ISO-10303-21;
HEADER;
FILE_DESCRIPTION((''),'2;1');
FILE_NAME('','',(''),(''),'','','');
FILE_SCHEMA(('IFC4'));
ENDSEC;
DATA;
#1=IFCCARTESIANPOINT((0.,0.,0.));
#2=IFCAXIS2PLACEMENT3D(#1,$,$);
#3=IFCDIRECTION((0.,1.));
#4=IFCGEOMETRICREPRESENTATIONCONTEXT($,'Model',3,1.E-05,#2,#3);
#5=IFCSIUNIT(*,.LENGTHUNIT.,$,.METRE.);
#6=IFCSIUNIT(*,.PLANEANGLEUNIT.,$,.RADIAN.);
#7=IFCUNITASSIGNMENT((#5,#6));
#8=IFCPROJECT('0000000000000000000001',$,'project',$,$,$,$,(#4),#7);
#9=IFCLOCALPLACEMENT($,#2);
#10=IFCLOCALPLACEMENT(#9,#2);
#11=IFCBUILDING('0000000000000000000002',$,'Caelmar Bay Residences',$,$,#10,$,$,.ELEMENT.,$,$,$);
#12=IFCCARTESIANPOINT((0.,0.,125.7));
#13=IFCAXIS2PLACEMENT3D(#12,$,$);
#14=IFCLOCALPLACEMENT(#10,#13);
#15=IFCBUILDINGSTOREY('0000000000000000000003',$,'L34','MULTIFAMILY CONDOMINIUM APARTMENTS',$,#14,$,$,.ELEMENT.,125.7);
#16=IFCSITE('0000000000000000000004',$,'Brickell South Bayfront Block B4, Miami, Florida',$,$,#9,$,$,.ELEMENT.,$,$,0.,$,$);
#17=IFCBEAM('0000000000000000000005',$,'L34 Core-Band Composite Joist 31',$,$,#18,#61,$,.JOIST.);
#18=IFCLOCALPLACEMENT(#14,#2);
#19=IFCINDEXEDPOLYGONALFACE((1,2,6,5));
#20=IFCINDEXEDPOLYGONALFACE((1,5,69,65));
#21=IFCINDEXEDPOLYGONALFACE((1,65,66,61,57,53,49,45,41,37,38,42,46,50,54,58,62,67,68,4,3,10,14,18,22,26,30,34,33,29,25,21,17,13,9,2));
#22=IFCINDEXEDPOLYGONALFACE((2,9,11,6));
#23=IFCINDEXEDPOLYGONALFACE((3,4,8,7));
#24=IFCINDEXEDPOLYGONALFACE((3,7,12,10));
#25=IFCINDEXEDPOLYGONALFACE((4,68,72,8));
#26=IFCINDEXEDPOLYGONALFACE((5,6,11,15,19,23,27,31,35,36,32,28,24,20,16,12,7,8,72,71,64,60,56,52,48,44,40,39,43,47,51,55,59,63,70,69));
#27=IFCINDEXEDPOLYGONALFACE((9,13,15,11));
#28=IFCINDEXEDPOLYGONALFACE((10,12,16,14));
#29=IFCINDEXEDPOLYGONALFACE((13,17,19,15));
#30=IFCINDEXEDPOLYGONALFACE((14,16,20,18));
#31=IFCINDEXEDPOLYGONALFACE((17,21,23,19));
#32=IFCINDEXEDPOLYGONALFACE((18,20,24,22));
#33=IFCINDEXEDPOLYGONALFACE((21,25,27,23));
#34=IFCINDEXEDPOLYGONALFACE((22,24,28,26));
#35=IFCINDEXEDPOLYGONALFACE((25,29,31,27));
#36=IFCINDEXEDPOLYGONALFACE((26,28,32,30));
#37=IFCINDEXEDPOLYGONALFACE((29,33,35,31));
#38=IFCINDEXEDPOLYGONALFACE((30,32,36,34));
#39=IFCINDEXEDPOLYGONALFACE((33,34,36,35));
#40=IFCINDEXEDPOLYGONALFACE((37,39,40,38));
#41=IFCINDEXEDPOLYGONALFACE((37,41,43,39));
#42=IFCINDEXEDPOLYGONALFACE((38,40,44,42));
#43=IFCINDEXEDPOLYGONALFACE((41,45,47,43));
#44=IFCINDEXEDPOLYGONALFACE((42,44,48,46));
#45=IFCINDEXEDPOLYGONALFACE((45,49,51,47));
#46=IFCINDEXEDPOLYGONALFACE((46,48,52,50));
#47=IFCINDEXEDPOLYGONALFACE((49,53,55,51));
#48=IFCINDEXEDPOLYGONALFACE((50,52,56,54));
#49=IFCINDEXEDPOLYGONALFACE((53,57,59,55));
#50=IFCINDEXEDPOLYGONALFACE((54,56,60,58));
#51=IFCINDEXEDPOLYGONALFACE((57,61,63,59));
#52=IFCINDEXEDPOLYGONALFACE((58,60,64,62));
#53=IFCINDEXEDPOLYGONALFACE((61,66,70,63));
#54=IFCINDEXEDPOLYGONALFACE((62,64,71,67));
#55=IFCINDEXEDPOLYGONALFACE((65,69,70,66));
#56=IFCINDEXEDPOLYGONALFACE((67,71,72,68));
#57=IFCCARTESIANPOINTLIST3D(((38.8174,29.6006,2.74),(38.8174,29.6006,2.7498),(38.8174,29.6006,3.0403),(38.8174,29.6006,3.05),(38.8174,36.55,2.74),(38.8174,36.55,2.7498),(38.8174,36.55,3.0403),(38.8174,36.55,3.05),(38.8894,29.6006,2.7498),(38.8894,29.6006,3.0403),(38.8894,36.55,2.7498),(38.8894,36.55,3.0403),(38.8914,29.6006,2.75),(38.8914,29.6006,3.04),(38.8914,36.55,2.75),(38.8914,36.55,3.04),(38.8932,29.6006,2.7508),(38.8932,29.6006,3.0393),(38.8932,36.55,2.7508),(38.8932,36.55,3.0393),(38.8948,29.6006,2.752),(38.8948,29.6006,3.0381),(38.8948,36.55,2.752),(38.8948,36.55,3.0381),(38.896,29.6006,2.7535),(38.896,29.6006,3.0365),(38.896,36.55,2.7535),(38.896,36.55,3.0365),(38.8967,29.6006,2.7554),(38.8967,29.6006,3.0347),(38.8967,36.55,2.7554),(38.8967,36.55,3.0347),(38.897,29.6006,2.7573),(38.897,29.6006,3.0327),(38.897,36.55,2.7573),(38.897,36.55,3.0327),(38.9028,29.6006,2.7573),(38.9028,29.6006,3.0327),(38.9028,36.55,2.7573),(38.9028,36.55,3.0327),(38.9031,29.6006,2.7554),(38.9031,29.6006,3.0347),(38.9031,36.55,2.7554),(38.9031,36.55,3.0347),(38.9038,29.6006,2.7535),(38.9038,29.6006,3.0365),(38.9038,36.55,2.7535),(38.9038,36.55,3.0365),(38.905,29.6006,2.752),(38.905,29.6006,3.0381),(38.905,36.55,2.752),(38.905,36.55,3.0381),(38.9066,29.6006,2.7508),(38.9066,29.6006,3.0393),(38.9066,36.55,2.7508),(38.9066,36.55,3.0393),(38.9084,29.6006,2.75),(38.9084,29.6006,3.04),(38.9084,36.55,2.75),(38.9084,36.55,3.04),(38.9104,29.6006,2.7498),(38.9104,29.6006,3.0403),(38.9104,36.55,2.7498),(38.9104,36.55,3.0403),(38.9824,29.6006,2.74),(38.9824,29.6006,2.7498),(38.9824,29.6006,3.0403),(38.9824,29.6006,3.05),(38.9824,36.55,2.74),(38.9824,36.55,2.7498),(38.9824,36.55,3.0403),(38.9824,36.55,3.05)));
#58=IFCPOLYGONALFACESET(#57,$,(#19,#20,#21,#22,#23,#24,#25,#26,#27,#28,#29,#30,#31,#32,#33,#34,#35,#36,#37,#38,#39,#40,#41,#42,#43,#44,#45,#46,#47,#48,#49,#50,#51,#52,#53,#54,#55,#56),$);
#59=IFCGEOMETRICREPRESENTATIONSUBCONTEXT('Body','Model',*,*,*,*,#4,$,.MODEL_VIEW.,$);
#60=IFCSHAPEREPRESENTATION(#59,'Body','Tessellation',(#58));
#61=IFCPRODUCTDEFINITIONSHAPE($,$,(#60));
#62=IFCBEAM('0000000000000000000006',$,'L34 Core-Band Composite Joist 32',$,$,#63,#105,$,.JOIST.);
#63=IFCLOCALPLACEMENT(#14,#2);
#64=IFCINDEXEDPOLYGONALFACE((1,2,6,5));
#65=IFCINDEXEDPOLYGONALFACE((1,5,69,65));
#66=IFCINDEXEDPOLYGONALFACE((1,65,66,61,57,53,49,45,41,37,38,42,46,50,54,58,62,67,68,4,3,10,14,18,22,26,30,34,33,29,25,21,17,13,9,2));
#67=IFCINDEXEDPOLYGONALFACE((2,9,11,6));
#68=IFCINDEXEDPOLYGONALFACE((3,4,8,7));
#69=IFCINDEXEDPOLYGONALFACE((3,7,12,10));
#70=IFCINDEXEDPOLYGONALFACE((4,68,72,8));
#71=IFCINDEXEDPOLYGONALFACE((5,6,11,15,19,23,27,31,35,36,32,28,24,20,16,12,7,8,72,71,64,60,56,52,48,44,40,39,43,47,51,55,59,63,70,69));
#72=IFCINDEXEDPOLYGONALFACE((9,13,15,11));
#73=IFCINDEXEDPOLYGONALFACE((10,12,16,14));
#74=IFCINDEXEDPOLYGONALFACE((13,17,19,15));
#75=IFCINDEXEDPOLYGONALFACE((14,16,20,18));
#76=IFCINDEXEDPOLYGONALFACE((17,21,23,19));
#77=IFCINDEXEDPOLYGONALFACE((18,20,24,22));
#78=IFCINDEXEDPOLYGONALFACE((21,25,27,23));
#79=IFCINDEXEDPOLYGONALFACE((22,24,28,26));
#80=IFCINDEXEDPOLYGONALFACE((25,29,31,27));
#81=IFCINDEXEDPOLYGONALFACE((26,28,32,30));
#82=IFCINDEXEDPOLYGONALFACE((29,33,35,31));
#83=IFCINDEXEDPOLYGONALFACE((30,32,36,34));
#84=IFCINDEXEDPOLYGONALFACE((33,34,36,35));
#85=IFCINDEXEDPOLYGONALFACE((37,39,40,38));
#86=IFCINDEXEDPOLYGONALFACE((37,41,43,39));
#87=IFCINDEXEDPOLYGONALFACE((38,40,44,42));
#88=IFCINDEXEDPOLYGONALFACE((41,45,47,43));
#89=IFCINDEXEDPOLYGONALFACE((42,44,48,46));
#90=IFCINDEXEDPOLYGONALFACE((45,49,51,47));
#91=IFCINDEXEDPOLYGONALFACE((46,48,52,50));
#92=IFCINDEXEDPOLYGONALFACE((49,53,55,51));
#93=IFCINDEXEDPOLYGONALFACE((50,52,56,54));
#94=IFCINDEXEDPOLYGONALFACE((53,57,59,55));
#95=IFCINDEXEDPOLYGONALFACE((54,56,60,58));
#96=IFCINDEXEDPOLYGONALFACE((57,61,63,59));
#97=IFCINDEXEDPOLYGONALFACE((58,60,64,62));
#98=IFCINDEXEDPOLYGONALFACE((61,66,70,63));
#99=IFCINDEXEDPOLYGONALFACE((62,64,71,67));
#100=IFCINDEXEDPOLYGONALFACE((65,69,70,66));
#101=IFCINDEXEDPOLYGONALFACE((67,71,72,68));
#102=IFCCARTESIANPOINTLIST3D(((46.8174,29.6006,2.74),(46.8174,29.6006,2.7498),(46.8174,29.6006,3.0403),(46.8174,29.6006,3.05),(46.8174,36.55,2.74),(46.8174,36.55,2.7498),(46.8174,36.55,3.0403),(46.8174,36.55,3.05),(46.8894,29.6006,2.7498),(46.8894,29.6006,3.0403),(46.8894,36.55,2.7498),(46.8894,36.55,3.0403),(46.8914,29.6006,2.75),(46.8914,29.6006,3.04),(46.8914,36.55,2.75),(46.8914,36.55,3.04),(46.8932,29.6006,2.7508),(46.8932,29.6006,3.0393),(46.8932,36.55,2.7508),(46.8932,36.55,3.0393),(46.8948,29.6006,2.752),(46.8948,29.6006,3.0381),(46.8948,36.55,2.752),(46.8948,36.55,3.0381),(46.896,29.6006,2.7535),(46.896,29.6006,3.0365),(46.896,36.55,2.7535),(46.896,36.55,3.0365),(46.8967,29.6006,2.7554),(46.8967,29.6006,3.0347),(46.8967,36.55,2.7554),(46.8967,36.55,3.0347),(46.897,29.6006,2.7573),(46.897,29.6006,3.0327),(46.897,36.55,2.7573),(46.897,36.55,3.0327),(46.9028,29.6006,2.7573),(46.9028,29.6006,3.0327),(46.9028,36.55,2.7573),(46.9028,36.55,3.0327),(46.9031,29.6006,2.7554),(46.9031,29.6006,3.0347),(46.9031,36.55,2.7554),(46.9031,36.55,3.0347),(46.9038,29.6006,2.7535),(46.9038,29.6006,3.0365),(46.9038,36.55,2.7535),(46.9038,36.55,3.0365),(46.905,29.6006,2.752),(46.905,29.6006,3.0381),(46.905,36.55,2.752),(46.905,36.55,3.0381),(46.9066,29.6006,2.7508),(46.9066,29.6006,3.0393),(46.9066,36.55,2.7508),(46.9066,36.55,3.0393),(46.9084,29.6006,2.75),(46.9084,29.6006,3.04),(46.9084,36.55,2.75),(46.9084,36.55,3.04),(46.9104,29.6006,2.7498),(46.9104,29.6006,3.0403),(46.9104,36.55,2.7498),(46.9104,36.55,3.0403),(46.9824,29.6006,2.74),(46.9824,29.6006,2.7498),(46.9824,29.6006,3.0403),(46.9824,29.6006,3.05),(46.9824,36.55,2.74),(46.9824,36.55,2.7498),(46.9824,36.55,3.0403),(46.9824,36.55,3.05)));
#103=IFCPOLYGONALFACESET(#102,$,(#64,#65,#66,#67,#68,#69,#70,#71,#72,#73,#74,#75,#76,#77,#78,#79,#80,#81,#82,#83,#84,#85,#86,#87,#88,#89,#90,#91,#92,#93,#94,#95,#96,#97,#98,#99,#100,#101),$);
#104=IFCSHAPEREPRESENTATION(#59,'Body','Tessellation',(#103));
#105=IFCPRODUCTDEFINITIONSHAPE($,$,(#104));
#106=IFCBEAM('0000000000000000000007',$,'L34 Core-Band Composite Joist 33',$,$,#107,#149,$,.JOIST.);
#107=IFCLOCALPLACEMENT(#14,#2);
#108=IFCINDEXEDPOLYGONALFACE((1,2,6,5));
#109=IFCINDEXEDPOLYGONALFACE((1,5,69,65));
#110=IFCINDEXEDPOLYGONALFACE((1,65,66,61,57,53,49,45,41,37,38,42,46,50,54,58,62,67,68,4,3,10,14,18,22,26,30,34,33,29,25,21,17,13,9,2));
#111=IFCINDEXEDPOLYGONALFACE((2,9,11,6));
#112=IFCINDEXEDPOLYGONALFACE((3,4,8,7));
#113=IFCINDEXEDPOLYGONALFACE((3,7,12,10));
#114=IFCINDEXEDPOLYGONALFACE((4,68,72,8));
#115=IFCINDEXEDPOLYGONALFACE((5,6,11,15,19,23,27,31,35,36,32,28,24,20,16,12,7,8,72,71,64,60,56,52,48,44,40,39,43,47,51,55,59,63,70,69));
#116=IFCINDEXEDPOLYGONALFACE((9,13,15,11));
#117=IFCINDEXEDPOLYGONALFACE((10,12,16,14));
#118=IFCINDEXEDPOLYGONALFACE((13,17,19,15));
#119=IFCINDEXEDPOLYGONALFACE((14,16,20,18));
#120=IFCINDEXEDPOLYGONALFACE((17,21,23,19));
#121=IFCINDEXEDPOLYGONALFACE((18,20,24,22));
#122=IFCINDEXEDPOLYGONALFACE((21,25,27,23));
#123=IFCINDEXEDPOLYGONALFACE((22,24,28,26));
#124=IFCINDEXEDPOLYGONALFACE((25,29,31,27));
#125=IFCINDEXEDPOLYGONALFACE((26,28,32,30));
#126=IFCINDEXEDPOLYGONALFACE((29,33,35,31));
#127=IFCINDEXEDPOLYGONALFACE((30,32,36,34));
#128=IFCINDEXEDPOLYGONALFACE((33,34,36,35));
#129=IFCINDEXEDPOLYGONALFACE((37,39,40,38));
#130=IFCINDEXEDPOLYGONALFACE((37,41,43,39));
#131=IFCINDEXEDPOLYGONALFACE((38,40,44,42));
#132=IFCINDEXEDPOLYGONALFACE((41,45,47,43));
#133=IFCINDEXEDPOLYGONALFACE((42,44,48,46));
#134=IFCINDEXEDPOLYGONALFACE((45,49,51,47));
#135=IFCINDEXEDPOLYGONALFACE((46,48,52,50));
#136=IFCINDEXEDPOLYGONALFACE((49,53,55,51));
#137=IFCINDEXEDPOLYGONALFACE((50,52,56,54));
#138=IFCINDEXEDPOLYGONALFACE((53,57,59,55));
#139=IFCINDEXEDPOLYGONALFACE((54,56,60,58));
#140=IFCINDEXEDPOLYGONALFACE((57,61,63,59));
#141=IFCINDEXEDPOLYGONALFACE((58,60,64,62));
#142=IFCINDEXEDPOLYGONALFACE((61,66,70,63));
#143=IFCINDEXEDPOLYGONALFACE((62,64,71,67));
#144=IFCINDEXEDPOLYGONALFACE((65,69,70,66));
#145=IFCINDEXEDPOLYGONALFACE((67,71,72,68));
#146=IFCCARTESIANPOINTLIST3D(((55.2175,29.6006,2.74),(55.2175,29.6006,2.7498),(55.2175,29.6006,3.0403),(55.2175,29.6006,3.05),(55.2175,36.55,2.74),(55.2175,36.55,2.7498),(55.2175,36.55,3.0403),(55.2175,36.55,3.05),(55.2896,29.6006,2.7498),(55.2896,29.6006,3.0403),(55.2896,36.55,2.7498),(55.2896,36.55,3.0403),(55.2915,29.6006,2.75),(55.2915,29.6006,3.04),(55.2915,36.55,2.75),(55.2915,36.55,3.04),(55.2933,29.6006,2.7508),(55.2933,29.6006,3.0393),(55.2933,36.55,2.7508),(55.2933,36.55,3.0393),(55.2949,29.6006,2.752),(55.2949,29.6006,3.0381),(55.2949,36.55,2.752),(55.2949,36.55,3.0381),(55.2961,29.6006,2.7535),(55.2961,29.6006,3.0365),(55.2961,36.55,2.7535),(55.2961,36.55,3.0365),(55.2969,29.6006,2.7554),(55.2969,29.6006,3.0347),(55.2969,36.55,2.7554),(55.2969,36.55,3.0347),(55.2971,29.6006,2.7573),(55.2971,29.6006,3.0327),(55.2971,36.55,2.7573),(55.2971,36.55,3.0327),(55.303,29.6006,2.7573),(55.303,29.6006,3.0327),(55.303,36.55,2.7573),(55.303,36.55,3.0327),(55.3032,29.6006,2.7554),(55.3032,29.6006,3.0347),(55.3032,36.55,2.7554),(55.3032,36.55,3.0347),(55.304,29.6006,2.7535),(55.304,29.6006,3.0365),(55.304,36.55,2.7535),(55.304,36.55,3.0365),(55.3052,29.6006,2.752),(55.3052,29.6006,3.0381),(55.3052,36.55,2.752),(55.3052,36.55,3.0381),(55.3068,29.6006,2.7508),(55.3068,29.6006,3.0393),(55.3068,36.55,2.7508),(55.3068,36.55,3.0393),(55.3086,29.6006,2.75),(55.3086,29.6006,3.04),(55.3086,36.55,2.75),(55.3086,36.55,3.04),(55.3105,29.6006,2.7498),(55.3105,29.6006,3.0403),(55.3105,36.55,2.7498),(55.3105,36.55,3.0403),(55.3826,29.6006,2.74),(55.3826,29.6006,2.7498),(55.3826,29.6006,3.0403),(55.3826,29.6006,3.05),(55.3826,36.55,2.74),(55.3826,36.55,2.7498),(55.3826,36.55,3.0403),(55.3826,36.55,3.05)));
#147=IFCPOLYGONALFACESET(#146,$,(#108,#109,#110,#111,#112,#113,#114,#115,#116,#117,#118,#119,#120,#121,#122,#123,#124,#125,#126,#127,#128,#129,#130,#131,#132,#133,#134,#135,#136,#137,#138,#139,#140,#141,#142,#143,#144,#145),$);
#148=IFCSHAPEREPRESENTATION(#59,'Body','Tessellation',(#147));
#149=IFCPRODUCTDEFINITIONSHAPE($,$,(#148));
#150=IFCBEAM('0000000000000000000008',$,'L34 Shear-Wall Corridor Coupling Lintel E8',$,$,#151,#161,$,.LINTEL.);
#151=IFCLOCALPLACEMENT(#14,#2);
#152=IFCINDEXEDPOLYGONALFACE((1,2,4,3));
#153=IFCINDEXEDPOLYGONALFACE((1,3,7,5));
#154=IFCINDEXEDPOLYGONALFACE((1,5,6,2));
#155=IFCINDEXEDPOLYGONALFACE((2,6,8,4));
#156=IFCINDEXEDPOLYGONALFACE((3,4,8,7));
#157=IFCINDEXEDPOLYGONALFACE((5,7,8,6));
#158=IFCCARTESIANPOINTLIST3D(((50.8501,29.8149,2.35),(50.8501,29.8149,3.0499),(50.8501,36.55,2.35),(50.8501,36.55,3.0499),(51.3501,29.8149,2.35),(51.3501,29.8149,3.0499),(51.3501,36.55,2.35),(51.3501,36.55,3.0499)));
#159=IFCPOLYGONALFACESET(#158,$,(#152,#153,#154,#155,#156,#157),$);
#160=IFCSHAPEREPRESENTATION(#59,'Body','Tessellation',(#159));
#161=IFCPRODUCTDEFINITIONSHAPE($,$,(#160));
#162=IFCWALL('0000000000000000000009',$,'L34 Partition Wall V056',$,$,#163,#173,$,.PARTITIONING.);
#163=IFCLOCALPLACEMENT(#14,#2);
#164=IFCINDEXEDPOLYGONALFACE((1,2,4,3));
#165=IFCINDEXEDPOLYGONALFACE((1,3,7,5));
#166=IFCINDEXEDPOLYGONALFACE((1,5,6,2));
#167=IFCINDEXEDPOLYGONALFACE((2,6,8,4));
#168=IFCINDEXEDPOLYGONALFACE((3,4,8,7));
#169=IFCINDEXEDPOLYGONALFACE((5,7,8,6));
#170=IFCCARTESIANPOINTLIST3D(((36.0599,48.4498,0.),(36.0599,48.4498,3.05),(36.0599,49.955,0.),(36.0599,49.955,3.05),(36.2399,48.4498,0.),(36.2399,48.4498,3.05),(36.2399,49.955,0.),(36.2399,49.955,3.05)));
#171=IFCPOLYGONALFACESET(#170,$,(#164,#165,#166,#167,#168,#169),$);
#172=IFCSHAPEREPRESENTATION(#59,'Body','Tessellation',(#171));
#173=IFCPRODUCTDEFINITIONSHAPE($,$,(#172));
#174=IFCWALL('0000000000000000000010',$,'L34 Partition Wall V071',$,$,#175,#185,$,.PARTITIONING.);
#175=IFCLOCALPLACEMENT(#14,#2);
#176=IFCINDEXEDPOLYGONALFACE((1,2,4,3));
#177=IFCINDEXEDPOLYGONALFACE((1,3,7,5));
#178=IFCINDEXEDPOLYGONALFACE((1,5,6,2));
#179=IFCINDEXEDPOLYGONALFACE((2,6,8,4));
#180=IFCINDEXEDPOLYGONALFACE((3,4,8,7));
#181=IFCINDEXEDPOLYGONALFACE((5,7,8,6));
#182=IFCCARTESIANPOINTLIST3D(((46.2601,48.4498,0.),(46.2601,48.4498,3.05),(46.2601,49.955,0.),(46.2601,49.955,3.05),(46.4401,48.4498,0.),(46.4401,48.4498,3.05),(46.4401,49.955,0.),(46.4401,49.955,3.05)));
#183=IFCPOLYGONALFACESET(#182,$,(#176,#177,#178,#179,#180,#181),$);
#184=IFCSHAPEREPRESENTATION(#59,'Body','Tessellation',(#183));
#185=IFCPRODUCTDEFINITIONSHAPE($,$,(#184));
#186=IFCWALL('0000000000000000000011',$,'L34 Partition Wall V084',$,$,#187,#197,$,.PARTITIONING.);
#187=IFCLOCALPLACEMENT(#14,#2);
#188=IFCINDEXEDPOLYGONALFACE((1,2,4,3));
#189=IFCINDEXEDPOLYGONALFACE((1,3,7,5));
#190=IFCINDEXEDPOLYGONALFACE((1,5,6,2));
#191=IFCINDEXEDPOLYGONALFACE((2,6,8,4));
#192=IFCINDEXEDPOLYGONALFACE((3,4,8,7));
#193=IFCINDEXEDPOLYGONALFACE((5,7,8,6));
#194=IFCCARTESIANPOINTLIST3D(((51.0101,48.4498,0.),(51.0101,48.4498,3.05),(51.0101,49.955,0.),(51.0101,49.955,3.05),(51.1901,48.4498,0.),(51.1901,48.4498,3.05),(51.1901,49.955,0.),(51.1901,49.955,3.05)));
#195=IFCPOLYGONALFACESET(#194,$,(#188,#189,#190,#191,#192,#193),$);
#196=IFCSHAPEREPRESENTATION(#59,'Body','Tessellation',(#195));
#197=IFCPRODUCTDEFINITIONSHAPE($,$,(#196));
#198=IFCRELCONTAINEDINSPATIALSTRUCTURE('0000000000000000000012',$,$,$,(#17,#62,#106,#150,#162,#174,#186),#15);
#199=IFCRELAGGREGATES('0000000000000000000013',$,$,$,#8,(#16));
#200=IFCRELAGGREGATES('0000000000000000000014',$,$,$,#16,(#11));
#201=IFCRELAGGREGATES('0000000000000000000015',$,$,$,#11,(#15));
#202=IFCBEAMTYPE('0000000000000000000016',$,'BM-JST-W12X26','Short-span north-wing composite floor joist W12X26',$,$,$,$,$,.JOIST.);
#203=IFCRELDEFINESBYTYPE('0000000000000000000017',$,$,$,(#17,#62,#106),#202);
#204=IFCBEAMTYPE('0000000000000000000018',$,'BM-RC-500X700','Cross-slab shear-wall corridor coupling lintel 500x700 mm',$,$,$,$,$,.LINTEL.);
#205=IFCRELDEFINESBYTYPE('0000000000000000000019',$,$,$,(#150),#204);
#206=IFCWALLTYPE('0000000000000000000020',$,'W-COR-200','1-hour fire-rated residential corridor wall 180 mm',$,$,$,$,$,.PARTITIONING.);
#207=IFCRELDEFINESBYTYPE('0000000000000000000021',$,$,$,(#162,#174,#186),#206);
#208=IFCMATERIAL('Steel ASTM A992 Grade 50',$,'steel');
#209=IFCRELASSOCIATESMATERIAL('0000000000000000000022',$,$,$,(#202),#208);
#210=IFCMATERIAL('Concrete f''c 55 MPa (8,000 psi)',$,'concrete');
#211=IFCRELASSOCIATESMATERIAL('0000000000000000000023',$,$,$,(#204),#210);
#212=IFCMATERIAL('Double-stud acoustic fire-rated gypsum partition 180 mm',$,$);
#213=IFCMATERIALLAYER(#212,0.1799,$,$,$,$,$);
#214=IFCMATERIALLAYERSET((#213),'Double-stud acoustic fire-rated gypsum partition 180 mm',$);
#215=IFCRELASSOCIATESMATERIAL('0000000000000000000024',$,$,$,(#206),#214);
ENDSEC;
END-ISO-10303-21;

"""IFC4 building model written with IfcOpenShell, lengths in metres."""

from ifc_helpers import new_model, si_unit, direction, frame, frame_2d, origin, origin_2d, place, context, subcontext, project, spatial, rectangle, i_section, extrude, material, layer, layer_set, material_profile, profile_set, type_object, element, save


model = new_model("IFC4")

# Units and contexts
model_context = context("Model", 3, precision=1e-05, world=origin(), true_north=direction((0.0, 1.0)))
body_context = subcontext(model_context, "Body", "Model", "MODEL_VIEW")
ifc_project = project(units=[si_unit("LENGTHUNIT", "METRE"), si_unit("PLANEANGLEUNIT", "RADIAN")], contexts=[model_context])

# Site, building, storey
site_placement = place(None, origin())
site = spatial("IfcSite", under=ifc_project, at=site_placement, Name="Brickell South Bayfront Block B4, Miami, Florida", CompositionType="ELEMENT", RefElevation=0.0)
building_placement = place(site_placement, origin())
building = spatial("IfcBuilding", under=site, at=building_placement, Name="Caelmar Bay Residences", CompositionType="ELEMENT")
storey_placement = place(building_placement, frame((0.0, 0.0, 125.7)))
storey = spatial("IfcBuildingStorey", under=building, at=storey_placement, Name="L34", Description="MULTIFAMILY CONDOMINIUM APARTMENTS", CompositionType="ELEMENT", Elevation=125.7)

# Beams
ifc_material_1 = material(Name="Steel ASTM A992 Grade 50", Category="steel")
ifc_material_profile_1 = material_profile(ifc_material_1, i_section(OverallWidth=0.165, OverallDepth=0.3101, WebThickness=0.0059, FlangeThickness=0.0098, FilletRadius=0.0076, at=origin_2d()), Name="W12X26")
ifc_profile_set_1 = profile_set([ifc_material_profile_1], Name="Steel ASTM A992 Grade 50")
beam_type_1 = type_object("IfcBeamType", Name="BM-JST-W12X26", Description="Short-span north-wing composite floor joist W12X26", PredefinedType="JOIST", material=ifc_profile_set_1)
for number, where, z_axis, x_axis, name in (
    (1, (38.8999, 29.6006, 2.895), (0.0, 1.0, 0.0), (-1.0, 0.0, 0.0), "L34 Core-Band Composite Joist 31"),
    (2, (46.8999, 29.6006, 2.895), (0.0, 1.0, 0.0), (-1.0, 0.0, 0.0), "L34 Core-Band Composite Joist 32"),
    (3, (55.3, 29.6006, 2.895), (0.0, 1.0, 0.0), (-1.0, 0.0, 0.0), "L34 Core-Band Composite Joist 33"),
):
    element("IfcBeam", number, at=place(storey_placement, frame(where, z_axis=z_axis, x_axis=x_axis)), inside=storey, type_object=beam_type_1, Name=name, PredefinedType="JOIST", context=body_context, shape_type="SweptSolid", body=[
        extrude(i_section(OverallWidth=0.165, OverallDepth=0.3101, WebThickness=0.0059, FlangeThickness=0.0098, FilletRadius=0.0076, at=origin_2d()), origin(), (0.0, 0.0, 1.0), 6.9495),
    ])
ifc_material_2 = material(Name="Concrete f'c 55 MPa (8,000 psi)", Category="concrete")
ifc_material_profile_2 = material_profile(ifc_material_2, rectangle(XDim=0.5, YDim=0.7, at=origin_2d()), Name="RC-BM-500X700")
ifc_profile_set_2 = profile_set([ifc_material_profile_2], Name="Concrete f'c 55 MPa (8,000 psi)")
beam_type_2 = type_object("IfcBeamType", Name="BM-RC-500X700", Description="Cross-slab shear-wall corridor coupling lintel 500x700 mm", PredefinedType="LINTEL", material=ifc_profile_set_2)
beam_1_placement = place(storey_placement, frame((51.1001, 29.8149, 2.7), z_axis=(0.0, 1.0, 0.0), x_axis=(-1.0, 0.0, 0.0)))
element("IfcBeam", 4, at=beam_1_placement, inside=storey, type_object=beam_type_2, Name="L34 Shear-Wall Corridor Coupling Lintel E8", PredefinedType="LINTEL", context=body_context, shape_type="SweptSolid", body=[
    extrude(rectangle(XDim=0.5, YDim=0.7, at=origin_2d()), origin(), (0.0, 0.0, 1.0), 6.7351),
])

# Walls
ifc_material_3 = material(Name="Double-stud acoustic fire-rated gypsum partition 180 mm")
ifc_layer_1 = layer(ifc_material_3, 0.1799)
ifc_layer_set_1 = layer_set([ifc_layer_1], Name="Double-stud acoustic fire-rated gypsum partition 180 mm")
wall_type_1 = type_object("IfcWallType", Name="W-COR-200", Description="1-hour fire-rated residential corridor wall 180 mm", PredefinedType="PARTITIONING", material=ifc_layer_set_1)
for number, where, z_axis, x_axis, name in (
    (5, (36.1499, 48.45, 0.0), (0.0, 0.0, 1.0), (0.0, 1.0, 0.0), "L34 Partition Wall V056"),
    (6, (46.3501, 48.45, 0.0), (0.0, 0.0, 1.0), (0.0, 1.0, 0.0), "L34 Partition Wall V071"),
    (7, (51.1001, 48.45, 0.0), (0.0, 0.0, 1.0), (0.0, 1.0, 0.0), "L34 Partition Wall V084"),
):
    element("IfcWall", number, at=place(storey_placement, frame(where, z_axis=z_axis, x_axis=x_axis)), inside=storey, type_object=wall_type_1, Name=name, PredefinedType="PARTITIONING", context=body_context, shape_type="SweptSolid", body=[
        extrude(rectangle(XDim=1.5051, YDim=0.1799, at=frame_2d((0.7524, 0.0))), origin(), (0.0, 0.0, 1.0), 3.05),
    ])

save(model, "model.ifc")
